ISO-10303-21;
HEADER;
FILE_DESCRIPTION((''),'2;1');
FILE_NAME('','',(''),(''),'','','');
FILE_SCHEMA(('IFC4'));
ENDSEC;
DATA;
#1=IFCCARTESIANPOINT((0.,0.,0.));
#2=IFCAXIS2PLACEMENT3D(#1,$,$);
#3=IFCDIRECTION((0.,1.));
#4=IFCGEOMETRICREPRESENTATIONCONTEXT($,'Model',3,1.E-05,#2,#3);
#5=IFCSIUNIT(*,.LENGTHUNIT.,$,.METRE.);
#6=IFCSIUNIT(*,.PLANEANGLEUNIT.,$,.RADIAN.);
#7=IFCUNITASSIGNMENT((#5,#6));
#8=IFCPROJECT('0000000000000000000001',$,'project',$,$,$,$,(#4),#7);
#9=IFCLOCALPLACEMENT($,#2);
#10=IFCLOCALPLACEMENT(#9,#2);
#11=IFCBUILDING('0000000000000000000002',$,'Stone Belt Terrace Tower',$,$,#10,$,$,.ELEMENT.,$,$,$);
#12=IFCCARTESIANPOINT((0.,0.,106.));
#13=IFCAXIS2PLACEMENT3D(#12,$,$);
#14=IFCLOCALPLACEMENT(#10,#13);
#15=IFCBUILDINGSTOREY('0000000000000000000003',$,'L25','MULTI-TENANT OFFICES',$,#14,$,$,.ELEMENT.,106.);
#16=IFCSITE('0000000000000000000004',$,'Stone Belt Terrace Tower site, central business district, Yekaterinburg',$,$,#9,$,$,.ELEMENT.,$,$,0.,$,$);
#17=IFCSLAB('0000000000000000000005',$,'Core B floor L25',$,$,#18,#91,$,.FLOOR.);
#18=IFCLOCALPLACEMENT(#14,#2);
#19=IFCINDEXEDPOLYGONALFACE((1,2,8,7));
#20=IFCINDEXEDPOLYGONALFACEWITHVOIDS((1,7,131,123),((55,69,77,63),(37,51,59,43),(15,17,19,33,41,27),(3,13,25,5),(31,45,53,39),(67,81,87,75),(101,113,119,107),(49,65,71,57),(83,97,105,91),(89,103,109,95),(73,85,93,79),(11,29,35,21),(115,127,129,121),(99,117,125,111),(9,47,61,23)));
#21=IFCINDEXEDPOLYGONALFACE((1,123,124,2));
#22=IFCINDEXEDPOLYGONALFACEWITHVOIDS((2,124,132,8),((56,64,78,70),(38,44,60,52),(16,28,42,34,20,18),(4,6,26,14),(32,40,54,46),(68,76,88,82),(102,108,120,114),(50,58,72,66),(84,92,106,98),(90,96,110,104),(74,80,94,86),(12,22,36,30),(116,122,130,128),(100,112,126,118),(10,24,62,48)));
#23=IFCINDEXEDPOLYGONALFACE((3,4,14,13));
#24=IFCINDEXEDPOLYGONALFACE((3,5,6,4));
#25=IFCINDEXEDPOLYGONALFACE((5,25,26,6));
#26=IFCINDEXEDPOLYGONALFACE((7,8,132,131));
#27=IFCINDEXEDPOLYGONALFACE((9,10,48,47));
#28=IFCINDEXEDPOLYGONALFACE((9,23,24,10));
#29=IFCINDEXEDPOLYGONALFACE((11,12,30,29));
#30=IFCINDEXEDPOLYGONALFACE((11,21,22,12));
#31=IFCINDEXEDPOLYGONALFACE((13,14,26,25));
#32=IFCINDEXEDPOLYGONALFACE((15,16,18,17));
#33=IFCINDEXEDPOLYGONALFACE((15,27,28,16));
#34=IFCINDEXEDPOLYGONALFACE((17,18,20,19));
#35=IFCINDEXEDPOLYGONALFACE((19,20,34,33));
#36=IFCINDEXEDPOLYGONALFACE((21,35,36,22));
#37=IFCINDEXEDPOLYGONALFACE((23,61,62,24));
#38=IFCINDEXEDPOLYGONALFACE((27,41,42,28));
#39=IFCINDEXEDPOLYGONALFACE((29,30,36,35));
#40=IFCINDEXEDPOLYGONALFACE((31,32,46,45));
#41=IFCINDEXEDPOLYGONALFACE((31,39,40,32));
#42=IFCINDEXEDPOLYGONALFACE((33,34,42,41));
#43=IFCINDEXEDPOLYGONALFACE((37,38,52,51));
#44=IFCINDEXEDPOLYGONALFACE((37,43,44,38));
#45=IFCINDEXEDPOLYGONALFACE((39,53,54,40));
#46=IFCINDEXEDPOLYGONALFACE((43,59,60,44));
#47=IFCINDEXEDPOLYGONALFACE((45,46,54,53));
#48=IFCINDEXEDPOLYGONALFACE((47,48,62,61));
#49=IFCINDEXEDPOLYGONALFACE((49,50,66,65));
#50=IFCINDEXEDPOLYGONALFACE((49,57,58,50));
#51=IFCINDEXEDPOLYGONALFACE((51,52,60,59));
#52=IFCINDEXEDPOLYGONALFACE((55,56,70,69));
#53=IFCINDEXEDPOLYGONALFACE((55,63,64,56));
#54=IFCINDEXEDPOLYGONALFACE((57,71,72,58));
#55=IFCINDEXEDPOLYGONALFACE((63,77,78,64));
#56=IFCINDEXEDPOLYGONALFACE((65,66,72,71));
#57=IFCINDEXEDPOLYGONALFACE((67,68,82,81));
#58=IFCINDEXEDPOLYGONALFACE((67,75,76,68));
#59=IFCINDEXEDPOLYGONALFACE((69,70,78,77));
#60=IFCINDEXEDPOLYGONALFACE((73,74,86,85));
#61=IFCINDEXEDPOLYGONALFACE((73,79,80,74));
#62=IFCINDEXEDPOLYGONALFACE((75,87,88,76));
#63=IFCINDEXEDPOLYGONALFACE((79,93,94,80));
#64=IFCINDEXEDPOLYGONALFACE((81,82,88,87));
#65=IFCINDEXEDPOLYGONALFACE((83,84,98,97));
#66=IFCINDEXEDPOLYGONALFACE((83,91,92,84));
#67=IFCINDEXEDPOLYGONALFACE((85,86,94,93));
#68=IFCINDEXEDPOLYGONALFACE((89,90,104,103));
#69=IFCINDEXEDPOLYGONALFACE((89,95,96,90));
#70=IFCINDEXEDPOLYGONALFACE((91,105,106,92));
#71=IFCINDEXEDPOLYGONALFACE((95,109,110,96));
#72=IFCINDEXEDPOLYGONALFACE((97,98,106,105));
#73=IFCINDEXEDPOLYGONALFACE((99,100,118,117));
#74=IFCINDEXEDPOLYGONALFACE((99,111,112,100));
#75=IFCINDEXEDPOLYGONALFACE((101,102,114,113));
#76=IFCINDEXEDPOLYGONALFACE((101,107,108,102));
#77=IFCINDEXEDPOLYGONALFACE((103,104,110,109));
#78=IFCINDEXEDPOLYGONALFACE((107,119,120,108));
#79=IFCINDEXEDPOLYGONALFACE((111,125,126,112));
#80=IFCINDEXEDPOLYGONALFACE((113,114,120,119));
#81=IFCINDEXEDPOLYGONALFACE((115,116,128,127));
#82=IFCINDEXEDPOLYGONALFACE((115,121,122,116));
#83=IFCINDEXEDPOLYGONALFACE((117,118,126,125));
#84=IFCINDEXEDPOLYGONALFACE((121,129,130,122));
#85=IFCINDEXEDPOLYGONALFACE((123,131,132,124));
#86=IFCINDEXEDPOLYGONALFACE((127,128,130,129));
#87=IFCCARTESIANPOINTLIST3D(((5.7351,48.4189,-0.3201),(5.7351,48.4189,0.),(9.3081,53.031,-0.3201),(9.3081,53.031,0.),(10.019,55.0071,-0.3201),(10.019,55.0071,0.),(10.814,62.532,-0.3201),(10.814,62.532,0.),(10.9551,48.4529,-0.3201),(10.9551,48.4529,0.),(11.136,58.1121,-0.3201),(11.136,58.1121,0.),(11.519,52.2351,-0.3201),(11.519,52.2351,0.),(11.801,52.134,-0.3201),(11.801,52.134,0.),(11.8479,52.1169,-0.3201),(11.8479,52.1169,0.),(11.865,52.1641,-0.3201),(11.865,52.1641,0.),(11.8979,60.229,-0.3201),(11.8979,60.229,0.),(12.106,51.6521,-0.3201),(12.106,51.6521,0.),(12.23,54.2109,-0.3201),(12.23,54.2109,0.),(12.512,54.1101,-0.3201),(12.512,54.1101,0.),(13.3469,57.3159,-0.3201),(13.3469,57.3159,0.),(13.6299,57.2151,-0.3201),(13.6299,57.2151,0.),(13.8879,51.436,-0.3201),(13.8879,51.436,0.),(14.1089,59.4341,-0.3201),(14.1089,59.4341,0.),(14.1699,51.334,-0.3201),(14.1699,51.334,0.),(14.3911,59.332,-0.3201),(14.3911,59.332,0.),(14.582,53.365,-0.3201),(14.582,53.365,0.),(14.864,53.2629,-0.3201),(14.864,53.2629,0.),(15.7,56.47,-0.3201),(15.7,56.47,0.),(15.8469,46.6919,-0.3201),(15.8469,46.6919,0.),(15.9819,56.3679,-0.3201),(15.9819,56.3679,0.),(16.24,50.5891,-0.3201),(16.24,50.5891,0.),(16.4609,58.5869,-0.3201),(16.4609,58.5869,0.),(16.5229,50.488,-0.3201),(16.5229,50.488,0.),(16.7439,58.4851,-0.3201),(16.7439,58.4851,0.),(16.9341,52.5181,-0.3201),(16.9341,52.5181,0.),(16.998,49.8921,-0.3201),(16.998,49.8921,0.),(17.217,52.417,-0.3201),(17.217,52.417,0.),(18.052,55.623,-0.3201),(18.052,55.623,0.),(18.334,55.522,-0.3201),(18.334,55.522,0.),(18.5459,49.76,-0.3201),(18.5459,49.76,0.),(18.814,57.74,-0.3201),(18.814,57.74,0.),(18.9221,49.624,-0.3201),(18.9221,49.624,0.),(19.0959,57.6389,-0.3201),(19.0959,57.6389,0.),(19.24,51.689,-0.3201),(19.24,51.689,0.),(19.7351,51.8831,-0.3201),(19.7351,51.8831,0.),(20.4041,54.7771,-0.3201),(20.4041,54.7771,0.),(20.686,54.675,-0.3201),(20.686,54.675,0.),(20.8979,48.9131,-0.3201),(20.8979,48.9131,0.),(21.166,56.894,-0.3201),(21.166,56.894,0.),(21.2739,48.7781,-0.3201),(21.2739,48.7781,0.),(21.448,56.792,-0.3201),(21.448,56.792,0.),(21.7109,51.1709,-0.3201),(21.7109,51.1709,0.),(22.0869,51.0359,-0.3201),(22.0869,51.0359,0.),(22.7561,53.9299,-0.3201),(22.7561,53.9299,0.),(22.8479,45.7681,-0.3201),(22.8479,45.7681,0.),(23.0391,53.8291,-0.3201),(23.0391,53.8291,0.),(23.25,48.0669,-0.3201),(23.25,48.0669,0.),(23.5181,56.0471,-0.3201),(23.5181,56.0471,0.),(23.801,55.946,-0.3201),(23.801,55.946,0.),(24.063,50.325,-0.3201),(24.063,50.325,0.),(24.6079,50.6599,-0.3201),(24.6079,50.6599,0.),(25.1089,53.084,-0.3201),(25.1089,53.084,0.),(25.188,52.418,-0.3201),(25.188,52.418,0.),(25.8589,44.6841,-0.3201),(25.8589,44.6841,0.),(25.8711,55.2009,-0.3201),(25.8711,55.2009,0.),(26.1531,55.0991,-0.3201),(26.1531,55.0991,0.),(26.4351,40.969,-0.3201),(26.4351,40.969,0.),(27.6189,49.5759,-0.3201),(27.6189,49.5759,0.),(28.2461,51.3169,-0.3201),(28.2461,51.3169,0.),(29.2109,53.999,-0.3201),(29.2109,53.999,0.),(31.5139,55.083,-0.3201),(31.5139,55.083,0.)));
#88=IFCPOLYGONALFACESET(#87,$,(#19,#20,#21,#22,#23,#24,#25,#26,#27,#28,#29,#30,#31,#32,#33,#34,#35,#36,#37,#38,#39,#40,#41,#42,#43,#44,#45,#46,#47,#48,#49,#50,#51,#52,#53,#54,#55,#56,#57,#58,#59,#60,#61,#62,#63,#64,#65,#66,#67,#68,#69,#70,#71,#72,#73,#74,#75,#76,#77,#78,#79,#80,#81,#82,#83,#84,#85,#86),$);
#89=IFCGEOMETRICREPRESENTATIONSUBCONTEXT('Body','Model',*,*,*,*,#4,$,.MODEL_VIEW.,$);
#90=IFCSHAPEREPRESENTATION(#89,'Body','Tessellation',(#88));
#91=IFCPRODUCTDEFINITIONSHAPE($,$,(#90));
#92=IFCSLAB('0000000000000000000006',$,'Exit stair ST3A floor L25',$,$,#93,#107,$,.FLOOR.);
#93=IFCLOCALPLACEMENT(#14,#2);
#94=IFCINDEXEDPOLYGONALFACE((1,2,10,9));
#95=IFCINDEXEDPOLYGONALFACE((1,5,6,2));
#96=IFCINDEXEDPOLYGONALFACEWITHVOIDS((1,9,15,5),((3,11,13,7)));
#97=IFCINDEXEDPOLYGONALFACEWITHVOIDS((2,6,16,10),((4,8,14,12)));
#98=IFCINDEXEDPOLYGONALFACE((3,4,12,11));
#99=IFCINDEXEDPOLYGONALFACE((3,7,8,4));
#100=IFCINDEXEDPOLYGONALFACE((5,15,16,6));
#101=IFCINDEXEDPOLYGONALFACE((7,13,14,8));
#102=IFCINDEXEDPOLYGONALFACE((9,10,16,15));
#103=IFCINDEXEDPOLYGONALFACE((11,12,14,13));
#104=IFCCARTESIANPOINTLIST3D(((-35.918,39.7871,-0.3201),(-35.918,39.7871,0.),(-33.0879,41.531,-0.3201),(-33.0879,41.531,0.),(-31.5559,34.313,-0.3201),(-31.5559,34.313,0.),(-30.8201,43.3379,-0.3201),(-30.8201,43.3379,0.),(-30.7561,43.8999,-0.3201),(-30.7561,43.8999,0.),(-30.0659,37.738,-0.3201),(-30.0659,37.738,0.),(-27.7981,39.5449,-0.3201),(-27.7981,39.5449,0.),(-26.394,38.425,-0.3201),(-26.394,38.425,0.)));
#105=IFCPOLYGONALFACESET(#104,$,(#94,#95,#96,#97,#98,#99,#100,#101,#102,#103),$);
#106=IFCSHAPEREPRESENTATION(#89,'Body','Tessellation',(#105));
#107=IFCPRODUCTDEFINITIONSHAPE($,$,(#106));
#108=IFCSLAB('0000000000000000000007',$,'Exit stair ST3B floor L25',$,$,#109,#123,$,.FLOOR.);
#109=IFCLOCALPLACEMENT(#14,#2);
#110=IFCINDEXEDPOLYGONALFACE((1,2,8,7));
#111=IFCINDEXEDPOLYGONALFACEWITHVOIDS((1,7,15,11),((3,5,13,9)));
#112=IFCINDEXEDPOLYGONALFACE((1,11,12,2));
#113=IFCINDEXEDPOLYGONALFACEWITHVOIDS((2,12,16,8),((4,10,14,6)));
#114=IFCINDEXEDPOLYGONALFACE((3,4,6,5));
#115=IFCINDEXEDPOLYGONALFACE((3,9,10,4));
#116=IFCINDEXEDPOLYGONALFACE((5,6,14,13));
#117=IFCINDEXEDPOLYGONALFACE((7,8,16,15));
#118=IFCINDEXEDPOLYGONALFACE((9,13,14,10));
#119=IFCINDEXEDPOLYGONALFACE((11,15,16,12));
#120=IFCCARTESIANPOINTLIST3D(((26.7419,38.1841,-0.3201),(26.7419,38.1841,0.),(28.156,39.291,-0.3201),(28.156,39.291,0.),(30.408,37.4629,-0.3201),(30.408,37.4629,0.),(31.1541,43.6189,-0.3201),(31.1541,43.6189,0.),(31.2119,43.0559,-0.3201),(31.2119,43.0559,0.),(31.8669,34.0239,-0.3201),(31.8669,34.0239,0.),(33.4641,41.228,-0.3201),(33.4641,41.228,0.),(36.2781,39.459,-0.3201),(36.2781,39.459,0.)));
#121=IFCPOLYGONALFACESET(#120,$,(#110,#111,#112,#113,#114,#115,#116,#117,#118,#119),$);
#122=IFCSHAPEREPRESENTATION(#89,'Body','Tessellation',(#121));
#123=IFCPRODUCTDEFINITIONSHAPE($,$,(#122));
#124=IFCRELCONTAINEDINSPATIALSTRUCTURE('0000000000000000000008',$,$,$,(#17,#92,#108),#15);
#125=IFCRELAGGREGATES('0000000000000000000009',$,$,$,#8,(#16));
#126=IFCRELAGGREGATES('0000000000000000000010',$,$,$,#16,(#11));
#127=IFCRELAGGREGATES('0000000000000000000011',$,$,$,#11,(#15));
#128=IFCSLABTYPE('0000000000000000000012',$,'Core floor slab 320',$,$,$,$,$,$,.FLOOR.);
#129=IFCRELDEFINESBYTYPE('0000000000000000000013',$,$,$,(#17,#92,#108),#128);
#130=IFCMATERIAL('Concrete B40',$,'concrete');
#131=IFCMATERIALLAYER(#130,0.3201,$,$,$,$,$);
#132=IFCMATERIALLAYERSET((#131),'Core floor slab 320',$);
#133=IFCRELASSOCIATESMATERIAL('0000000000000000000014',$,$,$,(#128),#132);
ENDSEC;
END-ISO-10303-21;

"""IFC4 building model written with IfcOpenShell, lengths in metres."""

from ifc_helpers import new_model, si_unit, direction, frame, origin, place, context, subcontext, project, spatial, polyline, outline, extrude, material, layer, layer_set, type_object, element, save


model = new_model("IFC4")

# Units and contexts
model_context = context("Model", 3, precision=1e-05, world=origin(), true_north=direction((0.0, 1.0)))
body_context = subcontext(model_context, "Body", "Model", "MODEL_VIEW")
ifc_project = project(units=[si_unit("LENGTHUNIT", "METRE"), si_unit("PLANEANGLEUNIT", "RADIAN")], contexts=[model_context])

# Site, building, storey
site_placement = place(None, origin())
site = spatial("IfcSite", under=ifc_project, at=site_placement, Name="Stone Belt Terrace Tower site, central business district, Yekaterinburg", CompositionType="ELEMENT", RefElevation=0.0)
building_placement = place(site_placement, origin())
building = spatial("IfcBuilding", under=site, at=building_placement, Name="Stone Belt Terrace Tower", CompositionType="ELEMENT")
storey_placement = place(building_placement, frame((0.0, 0.0, 106.0)))
storey = spatial("IfcBuildingStorey", under=building, at=storey_placement, Name="L25", Description="MULTI-TENANT OFFICES", CompositionType="ELEMENT", Elevation=106.0)

# Slabs
ifc_material_1 = material(Name="Concrete B40", Category="concrete")
ifc_layer_1 = layer(ifc_material_1, 0.3201)
ifc_layer_set_1 = layer_set([ifc_layer_1], Name="Core floor slab 320")
slab_type_1 = type_object("IfcSlabType", Name="Core floor slab 320", PredefinedType="FLOOR", material=ifc_layer_set_1)
slab_1_placement = place(storey_placement, frame((0.0, 0.0, -0.3201)))
element("IfcSlab", 1, at=slab_1_placement, inside=storey, type_object=slab_type_1, Name="Core B floor L25", PredefinedType="FLOOR", context=body_context, shape_type="SweptSolid", body=[
    extrude(outline(polyline([(26.4351, 40.969), (31.5139, 55.083), (10.814, 62.532), (5.7351, 48.4189), (26.4351, 40.969)]), holes=[polyline([(12.106, 51.6521), (16.998, 49.8921), (15.8469, 46.6919), (10.9551, 48.4529), (12.106, 51.6521)]), polyline([(19.24, 51.689), (18.5459, 49.76), (16.5229, 50.488), (17.217, 52.417), (19.24, 51.689)]), polyline([(16.24, 50.5891), (14.1699, 51.334), (14.864, 53.2629), (16.9341, 52.5181), (16.24, 50.5891)]), polyline([(14.582, 53.365), (13.8879, 51.436), (11.865, 52.1641), (11.8479, 52.1169), (11.801, 52.134), (12.512, 54.1101), (14.582, 53.365)]), polyline([(9.3081, 53.031), (10.019, 55.0071), (12.23, 54.2109), (11.519, 52.2351), (9.3081, 53.031)]), polyline([(16.7439, 58.4851), (18.814, 57.74), (18.052, 55.623), (15.9819, 56.3679), (16.7439, 58.4851)]), polyline([(14.3911, 59.332), (16.4609, 58.5869), (15.7, 56.47), (13.6299, 57.2151), (14.3911, 59.332)]), polyline([(11.8979, 60.229), (14.1089, 59.4341), (13.3469, 57.3159), (11.136, 58.1121), (11.8979, 60.229)]), polyline([(25.8589, 44.6841), (22.8479, 45.7681), (24.6079, 50.6599), (27.6189, 49.5759), (25.8589, 44.6841)]), polyline([(21.2739, 48.7781), (22.0869, 51.0359), (24.063, 50.325), (23.25, 48.0669), (21.2739, 48.7781)]), polyline([(18.9221, 49.624), (19.7351, 51.8831), (21.7109, 51.1709), (20.8979, 48.9131), (18.9221, 49.624)]), polyline([(29.2109, 53.999), (28.2461, 51.3169), (25.188, 52.418), (26.1531, 55.0991), (29.2109, 53.999)]), polyline([(23.801, 55.946), (25.8711, 55.2009), (25.1089, 53.084), (23.0391, 53.8291), (23.801, 55.946)]), polyline([(21.448, 56.792), (23.5181, 56.0471), (22.7561, 53.9299), (20.686, 54.675), (21.448, 56.792)]), polyline([(19.0959, 57.6389), (21.166, 56.894), (20.4041, 54.7771), (18.334, 55.522), (19.0959, 57.6389)])]), origin(), (0.0, 0.0, 1.0), 0.3201),
])
slab_2_placement = place(storey_placement, frame((0.0, 0.0, -0.3201)))
element("IfcSlab", 2, at=slab_2_placement, inside=storey, type_object=slab_type_1, Name="Exit stair ST3A floor L25", PredefinedType="FLOOR", context=body_context, shape_type="SweptSolid", body=[
    extrude(outline(polyline([(-26.394, 38.425), (-30.7561, 43.8999), (-35.918, 39.7871), (-31.5559, 34.313), (-26.394, 38.425)]), holes=[polyline([(-27.7981, 39.5449), (-30.0659, 37.738), (-33.0879, 41.531), (-30.8201, 43.3379), (-27.7981, 39.5449)])]), origin(), (0.0, 0.0, 1.0), 0.3201),
])
slab_3_placement = place(storey_placement, frame((0.0, 0.0, -0.3201)))
element("IfcSlab", 3, at=slab_3_placement, inside=storey, type_object=slab_type_1, Name="Exit stair ST3B floor L25", PredefinedType="FLOOR", context=body_context, shape_type="SweptSolid", body=[
    extrude(outline(polyline([(26.7419, 38.1841), (31.8669, 34.0239), (36.2781, 39.459), (31.1541, 43.6189), (26.7419, 38.1841)]), holes=[polyline([(30.408, 37.4629), (28.156, 39.291), (31.2119, 43.0559), (33.4641, 41.228), (30.408, 37.4629)])]), origin(), (0.0, 0.0, 1.0), 0.3201),
])

save(model, "model.ifc")
